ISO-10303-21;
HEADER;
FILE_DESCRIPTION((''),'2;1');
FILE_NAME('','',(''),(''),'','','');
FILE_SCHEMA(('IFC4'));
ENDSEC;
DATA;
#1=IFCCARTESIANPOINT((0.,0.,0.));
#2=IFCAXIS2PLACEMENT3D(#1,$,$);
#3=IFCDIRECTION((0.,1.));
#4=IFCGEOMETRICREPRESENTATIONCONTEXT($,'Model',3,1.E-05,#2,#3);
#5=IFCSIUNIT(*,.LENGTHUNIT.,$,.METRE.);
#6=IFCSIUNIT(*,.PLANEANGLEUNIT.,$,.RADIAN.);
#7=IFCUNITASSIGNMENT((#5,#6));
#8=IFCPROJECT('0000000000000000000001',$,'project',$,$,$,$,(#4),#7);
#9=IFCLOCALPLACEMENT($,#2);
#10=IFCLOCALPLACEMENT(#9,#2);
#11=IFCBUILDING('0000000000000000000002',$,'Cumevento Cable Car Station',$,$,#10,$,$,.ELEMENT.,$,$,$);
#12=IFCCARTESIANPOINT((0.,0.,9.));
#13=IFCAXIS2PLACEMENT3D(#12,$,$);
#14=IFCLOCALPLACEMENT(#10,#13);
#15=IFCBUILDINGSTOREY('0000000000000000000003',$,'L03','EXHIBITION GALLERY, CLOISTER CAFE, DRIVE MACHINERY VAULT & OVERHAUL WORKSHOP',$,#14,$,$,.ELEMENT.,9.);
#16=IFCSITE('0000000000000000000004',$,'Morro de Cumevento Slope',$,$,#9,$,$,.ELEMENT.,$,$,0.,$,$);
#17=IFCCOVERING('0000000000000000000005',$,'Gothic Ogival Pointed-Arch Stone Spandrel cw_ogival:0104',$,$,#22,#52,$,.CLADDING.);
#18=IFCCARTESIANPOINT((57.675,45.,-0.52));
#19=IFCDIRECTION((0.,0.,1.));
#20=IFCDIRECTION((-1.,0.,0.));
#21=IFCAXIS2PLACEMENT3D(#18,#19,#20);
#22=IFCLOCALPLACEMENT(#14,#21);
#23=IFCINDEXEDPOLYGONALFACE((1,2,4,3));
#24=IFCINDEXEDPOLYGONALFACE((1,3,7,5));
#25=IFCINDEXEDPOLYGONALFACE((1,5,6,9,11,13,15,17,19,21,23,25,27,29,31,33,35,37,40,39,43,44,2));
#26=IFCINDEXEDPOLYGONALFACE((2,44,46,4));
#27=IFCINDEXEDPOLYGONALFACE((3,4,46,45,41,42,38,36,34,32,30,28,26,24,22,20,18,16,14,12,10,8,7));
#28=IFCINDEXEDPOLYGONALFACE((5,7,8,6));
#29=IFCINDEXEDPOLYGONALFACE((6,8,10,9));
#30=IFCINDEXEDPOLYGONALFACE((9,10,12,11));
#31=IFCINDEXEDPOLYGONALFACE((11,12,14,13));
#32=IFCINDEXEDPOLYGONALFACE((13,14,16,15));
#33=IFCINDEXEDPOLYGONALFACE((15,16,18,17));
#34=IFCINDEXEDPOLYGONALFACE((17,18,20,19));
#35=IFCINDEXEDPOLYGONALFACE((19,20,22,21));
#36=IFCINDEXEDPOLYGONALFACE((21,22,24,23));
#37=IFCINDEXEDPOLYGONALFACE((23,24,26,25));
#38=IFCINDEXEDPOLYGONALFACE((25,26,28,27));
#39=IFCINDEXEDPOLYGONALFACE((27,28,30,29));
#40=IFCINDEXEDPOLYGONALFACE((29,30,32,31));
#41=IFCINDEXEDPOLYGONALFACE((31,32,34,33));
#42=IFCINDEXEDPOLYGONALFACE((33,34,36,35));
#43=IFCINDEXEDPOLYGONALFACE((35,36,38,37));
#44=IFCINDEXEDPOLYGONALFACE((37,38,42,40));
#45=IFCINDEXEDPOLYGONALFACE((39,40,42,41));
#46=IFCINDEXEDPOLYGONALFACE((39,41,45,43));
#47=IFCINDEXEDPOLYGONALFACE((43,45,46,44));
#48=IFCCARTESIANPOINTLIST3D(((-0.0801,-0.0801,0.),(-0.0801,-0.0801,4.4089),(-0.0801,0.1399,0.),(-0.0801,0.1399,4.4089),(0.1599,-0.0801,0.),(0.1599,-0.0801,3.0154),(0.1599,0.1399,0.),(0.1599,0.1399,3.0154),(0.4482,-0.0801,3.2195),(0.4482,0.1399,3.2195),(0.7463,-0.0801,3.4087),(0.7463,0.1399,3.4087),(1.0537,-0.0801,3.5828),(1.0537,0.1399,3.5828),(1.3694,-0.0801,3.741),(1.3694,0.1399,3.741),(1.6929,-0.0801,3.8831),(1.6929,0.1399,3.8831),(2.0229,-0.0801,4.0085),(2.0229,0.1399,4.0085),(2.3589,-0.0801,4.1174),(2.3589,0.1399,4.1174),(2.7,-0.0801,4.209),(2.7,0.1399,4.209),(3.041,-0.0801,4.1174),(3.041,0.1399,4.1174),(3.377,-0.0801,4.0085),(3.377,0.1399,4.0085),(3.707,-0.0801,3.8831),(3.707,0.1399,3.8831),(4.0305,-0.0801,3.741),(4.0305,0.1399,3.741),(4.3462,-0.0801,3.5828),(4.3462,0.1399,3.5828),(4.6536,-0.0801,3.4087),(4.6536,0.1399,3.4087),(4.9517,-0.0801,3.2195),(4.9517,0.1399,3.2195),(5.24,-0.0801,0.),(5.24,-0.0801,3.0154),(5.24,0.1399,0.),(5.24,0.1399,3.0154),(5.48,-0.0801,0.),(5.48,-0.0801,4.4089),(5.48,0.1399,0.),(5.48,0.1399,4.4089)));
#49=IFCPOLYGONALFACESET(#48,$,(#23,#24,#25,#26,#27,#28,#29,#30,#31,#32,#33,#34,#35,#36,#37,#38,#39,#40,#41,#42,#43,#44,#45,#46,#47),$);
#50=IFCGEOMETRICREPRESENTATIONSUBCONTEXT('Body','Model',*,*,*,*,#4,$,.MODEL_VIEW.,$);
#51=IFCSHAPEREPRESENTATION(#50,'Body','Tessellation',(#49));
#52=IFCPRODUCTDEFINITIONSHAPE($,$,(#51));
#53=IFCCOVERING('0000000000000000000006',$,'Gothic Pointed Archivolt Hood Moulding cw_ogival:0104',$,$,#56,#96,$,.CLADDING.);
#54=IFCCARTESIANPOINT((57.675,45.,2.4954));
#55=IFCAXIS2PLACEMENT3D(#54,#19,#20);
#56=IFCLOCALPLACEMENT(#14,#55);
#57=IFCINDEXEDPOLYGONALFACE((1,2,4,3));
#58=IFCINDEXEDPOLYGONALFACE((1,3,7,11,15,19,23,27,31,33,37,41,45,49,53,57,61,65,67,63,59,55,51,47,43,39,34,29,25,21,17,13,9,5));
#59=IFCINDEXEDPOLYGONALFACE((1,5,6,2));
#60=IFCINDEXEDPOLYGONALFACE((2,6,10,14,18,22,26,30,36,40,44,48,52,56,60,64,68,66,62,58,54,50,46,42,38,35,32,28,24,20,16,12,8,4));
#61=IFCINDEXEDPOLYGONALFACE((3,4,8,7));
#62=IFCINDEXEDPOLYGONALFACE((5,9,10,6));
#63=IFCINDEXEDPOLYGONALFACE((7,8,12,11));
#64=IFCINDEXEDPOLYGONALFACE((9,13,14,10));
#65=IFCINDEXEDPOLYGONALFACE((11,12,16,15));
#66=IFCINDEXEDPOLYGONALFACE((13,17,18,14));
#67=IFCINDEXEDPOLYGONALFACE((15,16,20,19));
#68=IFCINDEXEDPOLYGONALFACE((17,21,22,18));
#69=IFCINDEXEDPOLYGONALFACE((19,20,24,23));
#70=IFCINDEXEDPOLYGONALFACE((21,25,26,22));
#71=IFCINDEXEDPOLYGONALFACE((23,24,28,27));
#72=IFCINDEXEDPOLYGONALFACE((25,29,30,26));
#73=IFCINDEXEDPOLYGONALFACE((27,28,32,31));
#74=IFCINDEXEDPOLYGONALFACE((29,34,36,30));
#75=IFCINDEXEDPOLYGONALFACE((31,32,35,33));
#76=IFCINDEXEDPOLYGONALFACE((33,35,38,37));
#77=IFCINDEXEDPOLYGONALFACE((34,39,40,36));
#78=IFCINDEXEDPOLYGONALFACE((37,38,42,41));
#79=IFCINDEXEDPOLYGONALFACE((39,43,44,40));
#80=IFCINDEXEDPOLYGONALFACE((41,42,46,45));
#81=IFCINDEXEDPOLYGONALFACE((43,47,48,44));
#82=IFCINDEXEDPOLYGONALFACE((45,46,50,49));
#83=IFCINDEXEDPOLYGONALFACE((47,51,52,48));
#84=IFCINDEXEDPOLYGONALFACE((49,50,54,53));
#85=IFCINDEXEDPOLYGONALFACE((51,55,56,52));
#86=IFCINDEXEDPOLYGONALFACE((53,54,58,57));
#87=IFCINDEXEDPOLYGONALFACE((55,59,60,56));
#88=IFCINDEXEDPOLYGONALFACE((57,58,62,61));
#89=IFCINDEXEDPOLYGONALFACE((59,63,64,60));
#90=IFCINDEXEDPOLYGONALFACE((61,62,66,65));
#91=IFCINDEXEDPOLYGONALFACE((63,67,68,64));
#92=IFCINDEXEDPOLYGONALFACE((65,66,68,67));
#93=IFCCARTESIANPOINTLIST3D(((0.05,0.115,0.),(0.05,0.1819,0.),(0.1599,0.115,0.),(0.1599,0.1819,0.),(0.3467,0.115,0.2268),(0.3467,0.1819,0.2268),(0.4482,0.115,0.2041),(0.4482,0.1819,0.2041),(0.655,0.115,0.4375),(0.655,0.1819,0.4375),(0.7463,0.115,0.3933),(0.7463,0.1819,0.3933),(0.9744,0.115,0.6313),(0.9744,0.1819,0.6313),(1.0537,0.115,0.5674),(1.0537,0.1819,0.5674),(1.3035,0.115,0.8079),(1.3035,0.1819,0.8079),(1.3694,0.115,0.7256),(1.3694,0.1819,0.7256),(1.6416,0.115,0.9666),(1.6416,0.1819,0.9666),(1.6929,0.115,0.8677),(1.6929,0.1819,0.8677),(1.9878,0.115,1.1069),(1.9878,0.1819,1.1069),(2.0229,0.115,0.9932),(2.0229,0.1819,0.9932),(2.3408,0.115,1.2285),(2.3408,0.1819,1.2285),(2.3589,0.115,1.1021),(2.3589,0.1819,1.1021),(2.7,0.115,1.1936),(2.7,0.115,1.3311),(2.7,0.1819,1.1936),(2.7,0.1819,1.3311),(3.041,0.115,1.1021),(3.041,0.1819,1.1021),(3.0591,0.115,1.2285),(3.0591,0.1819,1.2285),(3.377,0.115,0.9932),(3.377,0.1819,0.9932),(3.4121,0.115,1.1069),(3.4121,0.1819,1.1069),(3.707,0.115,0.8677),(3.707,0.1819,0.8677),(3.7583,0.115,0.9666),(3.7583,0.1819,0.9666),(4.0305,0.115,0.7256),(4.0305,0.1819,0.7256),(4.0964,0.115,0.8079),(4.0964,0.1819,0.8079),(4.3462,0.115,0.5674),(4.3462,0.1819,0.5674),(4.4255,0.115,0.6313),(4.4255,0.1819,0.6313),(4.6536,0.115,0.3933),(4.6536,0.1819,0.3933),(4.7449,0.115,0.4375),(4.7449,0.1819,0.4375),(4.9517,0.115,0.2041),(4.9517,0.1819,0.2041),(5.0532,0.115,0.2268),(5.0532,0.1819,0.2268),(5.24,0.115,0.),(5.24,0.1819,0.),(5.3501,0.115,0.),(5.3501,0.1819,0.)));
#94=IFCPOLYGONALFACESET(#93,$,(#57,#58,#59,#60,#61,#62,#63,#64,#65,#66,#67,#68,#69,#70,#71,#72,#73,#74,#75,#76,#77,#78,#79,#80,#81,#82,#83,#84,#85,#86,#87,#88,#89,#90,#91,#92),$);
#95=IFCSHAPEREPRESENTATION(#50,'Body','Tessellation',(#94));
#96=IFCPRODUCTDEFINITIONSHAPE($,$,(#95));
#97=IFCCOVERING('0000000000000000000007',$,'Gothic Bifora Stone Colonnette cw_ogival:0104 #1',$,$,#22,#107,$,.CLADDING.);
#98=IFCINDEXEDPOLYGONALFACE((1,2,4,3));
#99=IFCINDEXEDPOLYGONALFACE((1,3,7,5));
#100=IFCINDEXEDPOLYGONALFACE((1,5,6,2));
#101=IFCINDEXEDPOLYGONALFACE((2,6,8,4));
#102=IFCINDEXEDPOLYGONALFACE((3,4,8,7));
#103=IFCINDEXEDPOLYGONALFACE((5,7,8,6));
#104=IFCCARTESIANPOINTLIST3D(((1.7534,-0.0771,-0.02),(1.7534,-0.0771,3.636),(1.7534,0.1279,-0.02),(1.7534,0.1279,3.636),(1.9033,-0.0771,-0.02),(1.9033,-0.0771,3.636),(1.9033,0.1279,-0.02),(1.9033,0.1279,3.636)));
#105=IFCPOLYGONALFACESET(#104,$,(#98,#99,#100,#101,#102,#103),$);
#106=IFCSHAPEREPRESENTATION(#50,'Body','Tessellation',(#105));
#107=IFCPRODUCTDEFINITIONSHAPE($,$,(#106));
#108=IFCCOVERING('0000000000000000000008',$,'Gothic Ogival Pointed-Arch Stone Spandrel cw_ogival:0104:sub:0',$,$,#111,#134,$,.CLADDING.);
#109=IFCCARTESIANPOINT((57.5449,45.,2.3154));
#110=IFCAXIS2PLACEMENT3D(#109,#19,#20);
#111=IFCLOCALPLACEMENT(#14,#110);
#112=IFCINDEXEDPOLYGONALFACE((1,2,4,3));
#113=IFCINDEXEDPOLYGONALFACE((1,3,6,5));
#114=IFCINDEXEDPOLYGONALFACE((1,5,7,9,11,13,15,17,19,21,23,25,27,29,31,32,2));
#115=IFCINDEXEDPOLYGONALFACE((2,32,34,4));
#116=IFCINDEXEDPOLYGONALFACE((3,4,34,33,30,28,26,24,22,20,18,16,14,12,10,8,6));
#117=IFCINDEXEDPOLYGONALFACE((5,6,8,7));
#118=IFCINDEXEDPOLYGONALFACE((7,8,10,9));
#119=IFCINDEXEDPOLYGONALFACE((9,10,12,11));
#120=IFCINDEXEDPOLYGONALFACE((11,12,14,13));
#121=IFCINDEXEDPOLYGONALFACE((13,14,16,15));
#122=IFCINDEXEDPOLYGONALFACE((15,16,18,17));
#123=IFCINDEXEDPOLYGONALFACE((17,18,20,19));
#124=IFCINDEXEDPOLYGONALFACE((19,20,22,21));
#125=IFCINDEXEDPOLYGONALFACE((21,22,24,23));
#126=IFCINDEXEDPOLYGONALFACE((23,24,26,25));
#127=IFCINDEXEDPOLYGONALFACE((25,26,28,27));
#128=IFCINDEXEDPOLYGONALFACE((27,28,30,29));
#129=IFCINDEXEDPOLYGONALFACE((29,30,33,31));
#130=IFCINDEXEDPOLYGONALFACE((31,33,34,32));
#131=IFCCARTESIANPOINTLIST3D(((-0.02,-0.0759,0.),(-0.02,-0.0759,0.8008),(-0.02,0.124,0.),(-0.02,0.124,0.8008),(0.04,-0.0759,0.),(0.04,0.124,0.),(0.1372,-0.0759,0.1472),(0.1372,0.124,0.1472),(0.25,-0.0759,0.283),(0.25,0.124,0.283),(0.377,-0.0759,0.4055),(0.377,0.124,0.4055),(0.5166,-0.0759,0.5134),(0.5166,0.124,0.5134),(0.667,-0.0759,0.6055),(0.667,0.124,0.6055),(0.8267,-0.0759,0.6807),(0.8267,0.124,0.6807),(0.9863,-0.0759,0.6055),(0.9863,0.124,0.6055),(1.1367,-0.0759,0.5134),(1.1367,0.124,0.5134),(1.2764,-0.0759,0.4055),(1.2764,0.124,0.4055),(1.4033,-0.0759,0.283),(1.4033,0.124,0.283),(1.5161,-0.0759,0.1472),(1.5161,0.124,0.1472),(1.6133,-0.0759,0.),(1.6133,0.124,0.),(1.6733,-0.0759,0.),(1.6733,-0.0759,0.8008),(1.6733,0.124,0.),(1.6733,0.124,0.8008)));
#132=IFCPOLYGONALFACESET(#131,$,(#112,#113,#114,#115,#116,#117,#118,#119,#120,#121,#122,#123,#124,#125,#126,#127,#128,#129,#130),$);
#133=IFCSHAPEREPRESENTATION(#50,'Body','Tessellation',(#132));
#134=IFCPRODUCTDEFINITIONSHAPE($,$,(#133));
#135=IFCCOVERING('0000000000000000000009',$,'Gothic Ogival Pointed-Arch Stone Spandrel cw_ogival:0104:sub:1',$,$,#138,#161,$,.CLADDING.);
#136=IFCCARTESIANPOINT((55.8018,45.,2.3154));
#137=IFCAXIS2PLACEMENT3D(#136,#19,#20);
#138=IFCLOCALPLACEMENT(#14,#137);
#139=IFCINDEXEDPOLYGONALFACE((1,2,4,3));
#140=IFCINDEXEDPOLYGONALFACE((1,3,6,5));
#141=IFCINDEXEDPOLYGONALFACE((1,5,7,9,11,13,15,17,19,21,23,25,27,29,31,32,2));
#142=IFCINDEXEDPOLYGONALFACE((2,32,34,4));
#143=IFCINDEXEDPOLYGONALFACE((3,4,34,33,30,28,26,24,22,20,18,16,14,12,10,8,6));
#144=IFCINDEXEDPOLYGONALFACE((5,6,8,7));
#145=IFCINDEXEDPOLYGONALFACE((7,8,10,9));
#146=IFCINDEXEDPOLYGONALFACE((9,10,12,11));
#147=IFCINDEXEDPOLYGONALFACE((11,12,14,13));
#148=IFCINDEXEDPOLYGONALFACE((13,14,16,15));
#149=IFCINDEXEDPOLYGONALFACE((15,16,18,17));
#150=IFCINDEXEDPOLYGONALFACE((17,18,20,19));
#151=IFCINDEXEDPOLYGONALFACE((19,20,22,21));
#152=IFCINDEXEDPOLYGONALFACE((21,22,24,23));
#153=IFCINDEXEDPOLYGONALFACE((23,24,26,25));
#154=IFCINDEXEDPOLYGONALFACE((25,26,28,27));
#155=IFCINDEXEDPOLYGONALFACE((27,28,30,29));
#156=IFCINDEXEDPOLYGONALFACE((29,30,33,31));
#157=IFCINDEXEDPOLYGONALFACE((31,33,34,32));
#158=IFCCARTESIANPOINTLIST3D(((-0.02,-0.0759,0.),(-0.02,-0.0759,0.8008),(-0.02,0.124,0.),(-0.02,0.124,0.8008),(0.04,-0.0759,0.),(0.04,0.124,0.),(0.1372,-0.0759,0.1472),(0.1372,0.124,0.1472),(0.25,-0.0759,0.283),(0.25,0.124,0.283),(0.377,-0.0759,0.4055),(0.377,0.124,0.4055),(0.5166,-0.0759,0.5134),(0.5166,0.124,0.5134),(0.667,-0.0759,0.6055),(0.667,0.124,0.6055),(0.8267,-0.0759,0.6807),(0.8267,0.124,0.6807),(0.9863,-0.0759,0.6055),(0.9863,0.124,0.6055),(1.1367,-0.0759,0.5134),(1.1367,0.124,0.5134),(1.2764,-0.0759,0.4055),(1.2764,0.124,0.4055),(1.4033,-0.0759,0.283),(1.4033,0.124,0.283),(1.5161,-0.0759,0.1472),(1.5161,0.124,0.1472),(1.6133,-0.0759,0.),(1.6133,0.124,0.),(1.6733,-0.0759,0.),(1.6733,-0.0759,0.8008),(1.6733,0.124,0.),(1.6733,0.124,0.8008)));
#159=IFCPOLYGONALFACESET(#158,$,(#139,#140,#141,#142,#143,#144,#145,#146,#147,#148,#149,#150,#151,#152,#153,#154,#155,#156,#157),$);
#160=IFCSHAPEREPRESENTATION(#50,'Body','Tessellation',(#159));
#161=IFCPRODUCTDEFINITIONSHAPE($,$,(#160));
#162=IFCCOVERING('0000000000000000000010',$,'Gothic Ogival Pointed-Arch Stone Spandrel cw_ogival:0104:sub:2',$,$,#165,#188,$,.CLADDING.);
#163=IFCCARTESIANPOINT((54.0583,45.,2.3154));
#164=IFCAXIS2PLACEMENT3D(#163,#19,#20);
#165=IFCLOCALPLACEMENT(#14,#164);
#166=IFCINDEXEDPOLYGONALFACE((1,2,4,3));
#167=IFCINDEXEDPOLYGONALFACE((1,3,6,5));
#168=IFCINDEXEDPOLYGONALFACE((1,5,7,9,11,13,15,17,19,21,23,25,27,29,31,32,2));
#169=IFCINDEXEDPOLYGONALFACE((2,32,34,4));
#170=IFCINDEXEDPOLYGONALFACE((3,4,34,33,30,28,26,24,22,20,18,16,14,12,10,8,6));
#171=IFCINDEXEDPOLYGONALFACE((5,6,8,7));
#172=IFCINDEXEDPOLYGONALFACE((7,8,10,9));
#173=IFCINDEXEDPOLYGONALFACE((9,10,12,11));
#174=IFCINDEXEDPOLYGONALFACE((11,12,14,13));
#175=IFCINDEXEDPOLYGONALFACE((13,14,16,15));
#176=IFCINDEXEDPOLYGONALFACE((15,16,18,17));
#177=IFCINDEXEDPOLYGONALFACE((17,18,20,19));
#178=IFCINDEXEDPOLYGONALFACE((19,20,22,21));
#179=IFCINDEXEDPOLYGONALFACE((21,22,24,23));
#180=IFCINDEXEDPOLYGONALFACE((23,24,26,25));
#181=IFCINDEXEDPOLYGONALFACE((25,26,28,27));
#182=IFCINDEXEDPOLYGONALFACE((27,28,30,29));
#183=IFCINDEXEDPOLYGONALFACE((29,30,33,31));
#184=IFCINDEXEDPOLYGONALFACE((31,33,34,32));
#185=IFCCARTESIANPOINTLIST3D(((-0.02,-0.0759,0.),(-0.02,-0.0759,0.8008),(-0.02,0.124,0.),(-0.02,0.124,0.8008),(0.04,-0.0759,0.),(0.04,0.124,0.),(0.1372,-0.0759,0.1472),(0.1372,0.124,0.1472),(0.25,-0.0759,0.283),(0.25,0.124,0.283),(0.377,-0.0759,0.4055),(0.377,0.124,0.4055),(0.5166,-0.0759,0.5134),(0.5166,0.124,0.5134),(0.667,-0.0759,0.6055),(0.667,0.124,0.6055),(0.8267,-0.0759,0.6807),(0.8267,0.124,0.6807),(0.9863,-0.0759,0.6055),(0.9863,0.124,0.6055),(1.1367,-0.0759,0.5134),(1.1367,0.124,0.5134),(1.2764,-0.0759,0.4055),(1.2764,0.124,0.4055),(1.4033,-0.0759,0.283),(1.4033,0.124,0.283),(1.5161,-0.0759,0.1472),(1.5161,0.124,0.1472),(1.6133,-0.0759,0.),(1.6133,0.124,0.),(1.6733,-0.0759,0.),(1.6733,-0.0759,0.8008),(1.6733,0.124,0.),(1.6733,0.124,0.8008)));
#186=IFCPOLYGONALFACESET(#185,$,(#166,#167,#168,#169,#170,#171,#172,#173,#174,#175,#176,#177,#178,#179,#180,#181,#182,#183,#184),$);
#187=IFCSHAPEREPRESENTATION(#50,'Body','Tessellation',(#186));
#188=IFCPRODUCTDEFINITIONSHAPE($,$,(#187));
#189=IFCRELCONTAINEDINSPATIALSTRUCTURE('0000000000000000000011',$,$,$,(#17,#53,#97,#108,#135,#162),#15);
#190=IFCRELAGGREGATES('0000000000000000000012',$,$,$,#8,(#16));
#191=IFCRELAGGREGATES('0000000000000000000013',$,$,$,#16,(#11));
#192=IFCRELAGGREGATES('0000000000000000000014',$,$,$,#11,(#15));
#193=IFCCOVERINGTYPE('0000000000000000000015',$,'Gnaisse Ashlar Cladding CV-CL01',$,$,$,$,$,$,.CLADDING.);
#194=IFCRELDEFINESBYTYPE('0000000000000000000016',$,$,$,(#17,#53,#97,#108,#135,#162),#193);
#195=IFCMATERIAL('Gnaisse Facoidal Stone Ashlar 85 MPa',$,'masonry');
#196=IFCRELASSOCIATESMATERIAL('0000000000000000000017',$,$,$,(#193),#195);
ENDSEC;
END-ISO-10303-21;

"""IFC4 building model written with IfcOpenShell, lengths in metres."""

from ifc_helpers import new_model, si_unit, direction, frame, origin, place, context, subcontext, project, spatial, polyline, outline, extrude, material, type_object, element, save


model = new_model("IFC4")

# Units and contexts
model_context = context("Model", 3, precision=1e-05, world=origin(), true_north=direction((0.0, 1.0)))
body_context = subcontext(model_context, "Body", "Model", "MODEL_VIEW")
ifc_project = project(units=[si_unit("LENGTHUNIT", "METRE"), si_unit("PLANEANGLEUNIT", "RADIAN")], contexts=[model_context])

# Site, building, storey
site_placement = place(None, origin())
site = spatial("IfcSite", under=ifc_project, at=site_placement, Name="Morro de Cumevento Slope", CompositionType="ELEMENT", RefElevation=0.0)
building_placement = place(site_placement, origin())
building = spatial("IfcBuilding", under=site, at=building_placement, Name="Cumevento Cable Car Station", CompositionType="ELEMENT")
storey_placement = place(building_placement, frame((0.0, 0.0, 9.0)))
storey = spatial("IfcBuildingStorey", under=building, at=storey_placement, Name="L03", Description="EXHIBITION GALLERY, CLOISTER CAFE, DRIVE MACHINERY VAULT & OVERHAUL WORKSHOP", CompositionType="ELEMENT", Elevation=9.0)

# Coverings
ifc_material_1 = material(Name="Gnaisse Facoidal Stone Ashlar 85 MPa", Category="masonry")
covering_type = type_object("IfcCoveringType", Name="Gnaisse Ashlar Cladding CV-CL01", PredefinedType="CLADDING", material=ifc_material_1)
placement = place(storey_placement, frame((57.675, 45.0, -0.52), z_axis=(0.0, 0.0, 1.0), x_axis=(-1.0, 0.0, 0.0)))
element("IfcCovering", 1, at=placement, inside=storey, type_object=covering_type, Name="Gothic Ogival Pointed-Arch Stone Spandrel cw_ogival:0104", PredefinedType="CLADDING", context=body_context, shape_type="SweptSolid", body=[
    extrude(outline(polyline([(-0.0801, 0.0), (-0.0801, 4.4089), (5.48, 4.4089), (5.48, 0.0), (5.24, 0.0), (5.24, 3.0154), (4.9517, 3.2195), (4.6536, 3.4087), (4.3462, 3.5828), (4.0305, 3.741), (3.707, 3.8831), (3.377, 4.0085), (3.041, 4.1174), (2.7, 4.209), (2.3589, 4.1174), (2.0229, 4.0085), (1.6929, 3.8831), (1.3694, 3.741), (1.0537, 3.5828), (0.7463, 3.4087), (0.4482, 3.2195), (0.1599, 3.0154), (0.1599, 0.0), (-0.0801, 0.0)])), frame((0.0, 0.1399, 0.0), z_axis=(0.0, -1.0, 0.0), x_axis=(1.0, 0.0, 0.0)), (0.0, 0.0, 1.0), 0.22),
])
covering_1_placement = place(storey_placement, frame((57.675, 45.0, 2.4954), z_axis=(0.0, 0.0, 1.0), x_axis=(-1.0, 0.0, 0.0)))
element("IfcCovering", 2, at=covering_1_placement, inside=storey, type_object=covering_type, Name="Gothic Pointed Archivolt Hood Moulding cw_ogival:0104", PredefinedType="CLADDING", context=body_context, shape_type="SweptSolid", body=[
    extrude(outline(polyline([(0.1599, 0.0), (0.4482, 0.2041), (0.7463, 0.3933), (1.0537, 0.5674), (1.3694, 0.7256), (1.6929, 0.8677), (2.0229, 0.9932), (2.3589, 1.1021), (2.7, 1.1936), (3.041, 1.1021), (3.377, 0.9932), (3.707, 0.8677), (4.0305, 0.7256), (4.3462, 0.5674), (4.6536, 0.3933), (4.9517, 0.2041), (5.24, 0.0), (5.3501, 0.0), (5.0532, 0.2268), (4.7449, 0.4375), (4.4255, 0.6313), (4.0964, 0.8079), (3.7583, 0.9666), (3.4121, 1.1069), (3.0591, 1.2285), (2.7, 1.3311), (2.3408, 1.2285), (1.9878, 1.1069), (1.6416, 0.9666), (1.3035, 0.8079), (0.9744, 0.6313), (0.655, 0.4375), (0.3467, 0.2268), (0.05, 0.0), (0.1599, 0.0)])), frame((0.0, 0.1819, 0.0), z_axis=(0.0, -1.0, 0.0), x_axis=(1.0, 0.0, 0.0)), (0.0, 0.0, 1.0), 0.0669),
])
element("IfcCovering", 3, at=placement, inside=storey, type_object=covering_type, Name="Gothic Bifora Stone Colonnette cw_ogival:0104 #1", PredefinedType="CLADDING", context=body_context, shape_type="SweptSolid", body=[
    extrude(outline(polyline([(1.7534, -0.02), (1.9033, -0.02), (1.9033, 3.636), (1.7534, 3.636), (1.7534, -0.02)])), frame((0.0, 0.1279, 0.0), z_axis=(0.0, -1.0, 0.0), x_axis=(1.0, 0.0, 0.0)), (0.0, 0.0, 1.0), 0.2051),
])
for number, where, z_axis, x_axis, name in (
    (4, (57.5449, 45.0, 2.3154), (0.0, 0.0, 1.0), (-1.0, 0.0, 0.0), "Gothic Ogival Pointed-Arch Stone Spandrel cw_ogival:0104:sub:0"),
    (5, (55.8018, 45.0, 2.3154), (0.0, 0.0, 1.0), (-1.0, 0.0, 0.0), "Gothic Ogival Pointed-Arch Stone Spandrel cw_ogival:0104:sub:1"),
    (6, (54.0583, 45.0, 2.3154), (0.0, 0.0, 1.0), (-1.0, 0.0, 0.0), "Gothic Ogival Pointed-Arch Stone Spandrel cw_ogival:0104:sub:2"),
):
    element("IfcCovering", number, at=place(storey_placement, frame(where, z_axis=z_axis, x_axis=x_axis)), inside=storey, type_object=covering_type, Name=name, PredefinedType="CLADDING", context=body_context, shape_type="SweptSolid", body=[
        extrude(outline(polyline([(-0.02, 0.0), (-0.02, 0.8008), (1.6733, 0.8008), (1.6733, 0.0), (1.6133, 0.0), (1.5161, 0.1472), (1.4033, 0.283), (1.2764, 0.4055), (1.1367, 0.5134), (0.9863, 0.6055), (0.8267, 0.6807), (0.667, 0.6055), (0.5166, 0.5134), (0.377, 0.4055), (0.25, 0.283), (0.1372, 0.1472), (0.04, 0.0), (-0.02, 0.0)])), frame((0.0, 0.124, 0.0), z_axis=(0.0, -1.0, 0.0), x_axis=(1.0, 0.0, 0.0)), (0.0, 0.0, 1.0), 0.2),
    ])

save(model, "model.ifc")
